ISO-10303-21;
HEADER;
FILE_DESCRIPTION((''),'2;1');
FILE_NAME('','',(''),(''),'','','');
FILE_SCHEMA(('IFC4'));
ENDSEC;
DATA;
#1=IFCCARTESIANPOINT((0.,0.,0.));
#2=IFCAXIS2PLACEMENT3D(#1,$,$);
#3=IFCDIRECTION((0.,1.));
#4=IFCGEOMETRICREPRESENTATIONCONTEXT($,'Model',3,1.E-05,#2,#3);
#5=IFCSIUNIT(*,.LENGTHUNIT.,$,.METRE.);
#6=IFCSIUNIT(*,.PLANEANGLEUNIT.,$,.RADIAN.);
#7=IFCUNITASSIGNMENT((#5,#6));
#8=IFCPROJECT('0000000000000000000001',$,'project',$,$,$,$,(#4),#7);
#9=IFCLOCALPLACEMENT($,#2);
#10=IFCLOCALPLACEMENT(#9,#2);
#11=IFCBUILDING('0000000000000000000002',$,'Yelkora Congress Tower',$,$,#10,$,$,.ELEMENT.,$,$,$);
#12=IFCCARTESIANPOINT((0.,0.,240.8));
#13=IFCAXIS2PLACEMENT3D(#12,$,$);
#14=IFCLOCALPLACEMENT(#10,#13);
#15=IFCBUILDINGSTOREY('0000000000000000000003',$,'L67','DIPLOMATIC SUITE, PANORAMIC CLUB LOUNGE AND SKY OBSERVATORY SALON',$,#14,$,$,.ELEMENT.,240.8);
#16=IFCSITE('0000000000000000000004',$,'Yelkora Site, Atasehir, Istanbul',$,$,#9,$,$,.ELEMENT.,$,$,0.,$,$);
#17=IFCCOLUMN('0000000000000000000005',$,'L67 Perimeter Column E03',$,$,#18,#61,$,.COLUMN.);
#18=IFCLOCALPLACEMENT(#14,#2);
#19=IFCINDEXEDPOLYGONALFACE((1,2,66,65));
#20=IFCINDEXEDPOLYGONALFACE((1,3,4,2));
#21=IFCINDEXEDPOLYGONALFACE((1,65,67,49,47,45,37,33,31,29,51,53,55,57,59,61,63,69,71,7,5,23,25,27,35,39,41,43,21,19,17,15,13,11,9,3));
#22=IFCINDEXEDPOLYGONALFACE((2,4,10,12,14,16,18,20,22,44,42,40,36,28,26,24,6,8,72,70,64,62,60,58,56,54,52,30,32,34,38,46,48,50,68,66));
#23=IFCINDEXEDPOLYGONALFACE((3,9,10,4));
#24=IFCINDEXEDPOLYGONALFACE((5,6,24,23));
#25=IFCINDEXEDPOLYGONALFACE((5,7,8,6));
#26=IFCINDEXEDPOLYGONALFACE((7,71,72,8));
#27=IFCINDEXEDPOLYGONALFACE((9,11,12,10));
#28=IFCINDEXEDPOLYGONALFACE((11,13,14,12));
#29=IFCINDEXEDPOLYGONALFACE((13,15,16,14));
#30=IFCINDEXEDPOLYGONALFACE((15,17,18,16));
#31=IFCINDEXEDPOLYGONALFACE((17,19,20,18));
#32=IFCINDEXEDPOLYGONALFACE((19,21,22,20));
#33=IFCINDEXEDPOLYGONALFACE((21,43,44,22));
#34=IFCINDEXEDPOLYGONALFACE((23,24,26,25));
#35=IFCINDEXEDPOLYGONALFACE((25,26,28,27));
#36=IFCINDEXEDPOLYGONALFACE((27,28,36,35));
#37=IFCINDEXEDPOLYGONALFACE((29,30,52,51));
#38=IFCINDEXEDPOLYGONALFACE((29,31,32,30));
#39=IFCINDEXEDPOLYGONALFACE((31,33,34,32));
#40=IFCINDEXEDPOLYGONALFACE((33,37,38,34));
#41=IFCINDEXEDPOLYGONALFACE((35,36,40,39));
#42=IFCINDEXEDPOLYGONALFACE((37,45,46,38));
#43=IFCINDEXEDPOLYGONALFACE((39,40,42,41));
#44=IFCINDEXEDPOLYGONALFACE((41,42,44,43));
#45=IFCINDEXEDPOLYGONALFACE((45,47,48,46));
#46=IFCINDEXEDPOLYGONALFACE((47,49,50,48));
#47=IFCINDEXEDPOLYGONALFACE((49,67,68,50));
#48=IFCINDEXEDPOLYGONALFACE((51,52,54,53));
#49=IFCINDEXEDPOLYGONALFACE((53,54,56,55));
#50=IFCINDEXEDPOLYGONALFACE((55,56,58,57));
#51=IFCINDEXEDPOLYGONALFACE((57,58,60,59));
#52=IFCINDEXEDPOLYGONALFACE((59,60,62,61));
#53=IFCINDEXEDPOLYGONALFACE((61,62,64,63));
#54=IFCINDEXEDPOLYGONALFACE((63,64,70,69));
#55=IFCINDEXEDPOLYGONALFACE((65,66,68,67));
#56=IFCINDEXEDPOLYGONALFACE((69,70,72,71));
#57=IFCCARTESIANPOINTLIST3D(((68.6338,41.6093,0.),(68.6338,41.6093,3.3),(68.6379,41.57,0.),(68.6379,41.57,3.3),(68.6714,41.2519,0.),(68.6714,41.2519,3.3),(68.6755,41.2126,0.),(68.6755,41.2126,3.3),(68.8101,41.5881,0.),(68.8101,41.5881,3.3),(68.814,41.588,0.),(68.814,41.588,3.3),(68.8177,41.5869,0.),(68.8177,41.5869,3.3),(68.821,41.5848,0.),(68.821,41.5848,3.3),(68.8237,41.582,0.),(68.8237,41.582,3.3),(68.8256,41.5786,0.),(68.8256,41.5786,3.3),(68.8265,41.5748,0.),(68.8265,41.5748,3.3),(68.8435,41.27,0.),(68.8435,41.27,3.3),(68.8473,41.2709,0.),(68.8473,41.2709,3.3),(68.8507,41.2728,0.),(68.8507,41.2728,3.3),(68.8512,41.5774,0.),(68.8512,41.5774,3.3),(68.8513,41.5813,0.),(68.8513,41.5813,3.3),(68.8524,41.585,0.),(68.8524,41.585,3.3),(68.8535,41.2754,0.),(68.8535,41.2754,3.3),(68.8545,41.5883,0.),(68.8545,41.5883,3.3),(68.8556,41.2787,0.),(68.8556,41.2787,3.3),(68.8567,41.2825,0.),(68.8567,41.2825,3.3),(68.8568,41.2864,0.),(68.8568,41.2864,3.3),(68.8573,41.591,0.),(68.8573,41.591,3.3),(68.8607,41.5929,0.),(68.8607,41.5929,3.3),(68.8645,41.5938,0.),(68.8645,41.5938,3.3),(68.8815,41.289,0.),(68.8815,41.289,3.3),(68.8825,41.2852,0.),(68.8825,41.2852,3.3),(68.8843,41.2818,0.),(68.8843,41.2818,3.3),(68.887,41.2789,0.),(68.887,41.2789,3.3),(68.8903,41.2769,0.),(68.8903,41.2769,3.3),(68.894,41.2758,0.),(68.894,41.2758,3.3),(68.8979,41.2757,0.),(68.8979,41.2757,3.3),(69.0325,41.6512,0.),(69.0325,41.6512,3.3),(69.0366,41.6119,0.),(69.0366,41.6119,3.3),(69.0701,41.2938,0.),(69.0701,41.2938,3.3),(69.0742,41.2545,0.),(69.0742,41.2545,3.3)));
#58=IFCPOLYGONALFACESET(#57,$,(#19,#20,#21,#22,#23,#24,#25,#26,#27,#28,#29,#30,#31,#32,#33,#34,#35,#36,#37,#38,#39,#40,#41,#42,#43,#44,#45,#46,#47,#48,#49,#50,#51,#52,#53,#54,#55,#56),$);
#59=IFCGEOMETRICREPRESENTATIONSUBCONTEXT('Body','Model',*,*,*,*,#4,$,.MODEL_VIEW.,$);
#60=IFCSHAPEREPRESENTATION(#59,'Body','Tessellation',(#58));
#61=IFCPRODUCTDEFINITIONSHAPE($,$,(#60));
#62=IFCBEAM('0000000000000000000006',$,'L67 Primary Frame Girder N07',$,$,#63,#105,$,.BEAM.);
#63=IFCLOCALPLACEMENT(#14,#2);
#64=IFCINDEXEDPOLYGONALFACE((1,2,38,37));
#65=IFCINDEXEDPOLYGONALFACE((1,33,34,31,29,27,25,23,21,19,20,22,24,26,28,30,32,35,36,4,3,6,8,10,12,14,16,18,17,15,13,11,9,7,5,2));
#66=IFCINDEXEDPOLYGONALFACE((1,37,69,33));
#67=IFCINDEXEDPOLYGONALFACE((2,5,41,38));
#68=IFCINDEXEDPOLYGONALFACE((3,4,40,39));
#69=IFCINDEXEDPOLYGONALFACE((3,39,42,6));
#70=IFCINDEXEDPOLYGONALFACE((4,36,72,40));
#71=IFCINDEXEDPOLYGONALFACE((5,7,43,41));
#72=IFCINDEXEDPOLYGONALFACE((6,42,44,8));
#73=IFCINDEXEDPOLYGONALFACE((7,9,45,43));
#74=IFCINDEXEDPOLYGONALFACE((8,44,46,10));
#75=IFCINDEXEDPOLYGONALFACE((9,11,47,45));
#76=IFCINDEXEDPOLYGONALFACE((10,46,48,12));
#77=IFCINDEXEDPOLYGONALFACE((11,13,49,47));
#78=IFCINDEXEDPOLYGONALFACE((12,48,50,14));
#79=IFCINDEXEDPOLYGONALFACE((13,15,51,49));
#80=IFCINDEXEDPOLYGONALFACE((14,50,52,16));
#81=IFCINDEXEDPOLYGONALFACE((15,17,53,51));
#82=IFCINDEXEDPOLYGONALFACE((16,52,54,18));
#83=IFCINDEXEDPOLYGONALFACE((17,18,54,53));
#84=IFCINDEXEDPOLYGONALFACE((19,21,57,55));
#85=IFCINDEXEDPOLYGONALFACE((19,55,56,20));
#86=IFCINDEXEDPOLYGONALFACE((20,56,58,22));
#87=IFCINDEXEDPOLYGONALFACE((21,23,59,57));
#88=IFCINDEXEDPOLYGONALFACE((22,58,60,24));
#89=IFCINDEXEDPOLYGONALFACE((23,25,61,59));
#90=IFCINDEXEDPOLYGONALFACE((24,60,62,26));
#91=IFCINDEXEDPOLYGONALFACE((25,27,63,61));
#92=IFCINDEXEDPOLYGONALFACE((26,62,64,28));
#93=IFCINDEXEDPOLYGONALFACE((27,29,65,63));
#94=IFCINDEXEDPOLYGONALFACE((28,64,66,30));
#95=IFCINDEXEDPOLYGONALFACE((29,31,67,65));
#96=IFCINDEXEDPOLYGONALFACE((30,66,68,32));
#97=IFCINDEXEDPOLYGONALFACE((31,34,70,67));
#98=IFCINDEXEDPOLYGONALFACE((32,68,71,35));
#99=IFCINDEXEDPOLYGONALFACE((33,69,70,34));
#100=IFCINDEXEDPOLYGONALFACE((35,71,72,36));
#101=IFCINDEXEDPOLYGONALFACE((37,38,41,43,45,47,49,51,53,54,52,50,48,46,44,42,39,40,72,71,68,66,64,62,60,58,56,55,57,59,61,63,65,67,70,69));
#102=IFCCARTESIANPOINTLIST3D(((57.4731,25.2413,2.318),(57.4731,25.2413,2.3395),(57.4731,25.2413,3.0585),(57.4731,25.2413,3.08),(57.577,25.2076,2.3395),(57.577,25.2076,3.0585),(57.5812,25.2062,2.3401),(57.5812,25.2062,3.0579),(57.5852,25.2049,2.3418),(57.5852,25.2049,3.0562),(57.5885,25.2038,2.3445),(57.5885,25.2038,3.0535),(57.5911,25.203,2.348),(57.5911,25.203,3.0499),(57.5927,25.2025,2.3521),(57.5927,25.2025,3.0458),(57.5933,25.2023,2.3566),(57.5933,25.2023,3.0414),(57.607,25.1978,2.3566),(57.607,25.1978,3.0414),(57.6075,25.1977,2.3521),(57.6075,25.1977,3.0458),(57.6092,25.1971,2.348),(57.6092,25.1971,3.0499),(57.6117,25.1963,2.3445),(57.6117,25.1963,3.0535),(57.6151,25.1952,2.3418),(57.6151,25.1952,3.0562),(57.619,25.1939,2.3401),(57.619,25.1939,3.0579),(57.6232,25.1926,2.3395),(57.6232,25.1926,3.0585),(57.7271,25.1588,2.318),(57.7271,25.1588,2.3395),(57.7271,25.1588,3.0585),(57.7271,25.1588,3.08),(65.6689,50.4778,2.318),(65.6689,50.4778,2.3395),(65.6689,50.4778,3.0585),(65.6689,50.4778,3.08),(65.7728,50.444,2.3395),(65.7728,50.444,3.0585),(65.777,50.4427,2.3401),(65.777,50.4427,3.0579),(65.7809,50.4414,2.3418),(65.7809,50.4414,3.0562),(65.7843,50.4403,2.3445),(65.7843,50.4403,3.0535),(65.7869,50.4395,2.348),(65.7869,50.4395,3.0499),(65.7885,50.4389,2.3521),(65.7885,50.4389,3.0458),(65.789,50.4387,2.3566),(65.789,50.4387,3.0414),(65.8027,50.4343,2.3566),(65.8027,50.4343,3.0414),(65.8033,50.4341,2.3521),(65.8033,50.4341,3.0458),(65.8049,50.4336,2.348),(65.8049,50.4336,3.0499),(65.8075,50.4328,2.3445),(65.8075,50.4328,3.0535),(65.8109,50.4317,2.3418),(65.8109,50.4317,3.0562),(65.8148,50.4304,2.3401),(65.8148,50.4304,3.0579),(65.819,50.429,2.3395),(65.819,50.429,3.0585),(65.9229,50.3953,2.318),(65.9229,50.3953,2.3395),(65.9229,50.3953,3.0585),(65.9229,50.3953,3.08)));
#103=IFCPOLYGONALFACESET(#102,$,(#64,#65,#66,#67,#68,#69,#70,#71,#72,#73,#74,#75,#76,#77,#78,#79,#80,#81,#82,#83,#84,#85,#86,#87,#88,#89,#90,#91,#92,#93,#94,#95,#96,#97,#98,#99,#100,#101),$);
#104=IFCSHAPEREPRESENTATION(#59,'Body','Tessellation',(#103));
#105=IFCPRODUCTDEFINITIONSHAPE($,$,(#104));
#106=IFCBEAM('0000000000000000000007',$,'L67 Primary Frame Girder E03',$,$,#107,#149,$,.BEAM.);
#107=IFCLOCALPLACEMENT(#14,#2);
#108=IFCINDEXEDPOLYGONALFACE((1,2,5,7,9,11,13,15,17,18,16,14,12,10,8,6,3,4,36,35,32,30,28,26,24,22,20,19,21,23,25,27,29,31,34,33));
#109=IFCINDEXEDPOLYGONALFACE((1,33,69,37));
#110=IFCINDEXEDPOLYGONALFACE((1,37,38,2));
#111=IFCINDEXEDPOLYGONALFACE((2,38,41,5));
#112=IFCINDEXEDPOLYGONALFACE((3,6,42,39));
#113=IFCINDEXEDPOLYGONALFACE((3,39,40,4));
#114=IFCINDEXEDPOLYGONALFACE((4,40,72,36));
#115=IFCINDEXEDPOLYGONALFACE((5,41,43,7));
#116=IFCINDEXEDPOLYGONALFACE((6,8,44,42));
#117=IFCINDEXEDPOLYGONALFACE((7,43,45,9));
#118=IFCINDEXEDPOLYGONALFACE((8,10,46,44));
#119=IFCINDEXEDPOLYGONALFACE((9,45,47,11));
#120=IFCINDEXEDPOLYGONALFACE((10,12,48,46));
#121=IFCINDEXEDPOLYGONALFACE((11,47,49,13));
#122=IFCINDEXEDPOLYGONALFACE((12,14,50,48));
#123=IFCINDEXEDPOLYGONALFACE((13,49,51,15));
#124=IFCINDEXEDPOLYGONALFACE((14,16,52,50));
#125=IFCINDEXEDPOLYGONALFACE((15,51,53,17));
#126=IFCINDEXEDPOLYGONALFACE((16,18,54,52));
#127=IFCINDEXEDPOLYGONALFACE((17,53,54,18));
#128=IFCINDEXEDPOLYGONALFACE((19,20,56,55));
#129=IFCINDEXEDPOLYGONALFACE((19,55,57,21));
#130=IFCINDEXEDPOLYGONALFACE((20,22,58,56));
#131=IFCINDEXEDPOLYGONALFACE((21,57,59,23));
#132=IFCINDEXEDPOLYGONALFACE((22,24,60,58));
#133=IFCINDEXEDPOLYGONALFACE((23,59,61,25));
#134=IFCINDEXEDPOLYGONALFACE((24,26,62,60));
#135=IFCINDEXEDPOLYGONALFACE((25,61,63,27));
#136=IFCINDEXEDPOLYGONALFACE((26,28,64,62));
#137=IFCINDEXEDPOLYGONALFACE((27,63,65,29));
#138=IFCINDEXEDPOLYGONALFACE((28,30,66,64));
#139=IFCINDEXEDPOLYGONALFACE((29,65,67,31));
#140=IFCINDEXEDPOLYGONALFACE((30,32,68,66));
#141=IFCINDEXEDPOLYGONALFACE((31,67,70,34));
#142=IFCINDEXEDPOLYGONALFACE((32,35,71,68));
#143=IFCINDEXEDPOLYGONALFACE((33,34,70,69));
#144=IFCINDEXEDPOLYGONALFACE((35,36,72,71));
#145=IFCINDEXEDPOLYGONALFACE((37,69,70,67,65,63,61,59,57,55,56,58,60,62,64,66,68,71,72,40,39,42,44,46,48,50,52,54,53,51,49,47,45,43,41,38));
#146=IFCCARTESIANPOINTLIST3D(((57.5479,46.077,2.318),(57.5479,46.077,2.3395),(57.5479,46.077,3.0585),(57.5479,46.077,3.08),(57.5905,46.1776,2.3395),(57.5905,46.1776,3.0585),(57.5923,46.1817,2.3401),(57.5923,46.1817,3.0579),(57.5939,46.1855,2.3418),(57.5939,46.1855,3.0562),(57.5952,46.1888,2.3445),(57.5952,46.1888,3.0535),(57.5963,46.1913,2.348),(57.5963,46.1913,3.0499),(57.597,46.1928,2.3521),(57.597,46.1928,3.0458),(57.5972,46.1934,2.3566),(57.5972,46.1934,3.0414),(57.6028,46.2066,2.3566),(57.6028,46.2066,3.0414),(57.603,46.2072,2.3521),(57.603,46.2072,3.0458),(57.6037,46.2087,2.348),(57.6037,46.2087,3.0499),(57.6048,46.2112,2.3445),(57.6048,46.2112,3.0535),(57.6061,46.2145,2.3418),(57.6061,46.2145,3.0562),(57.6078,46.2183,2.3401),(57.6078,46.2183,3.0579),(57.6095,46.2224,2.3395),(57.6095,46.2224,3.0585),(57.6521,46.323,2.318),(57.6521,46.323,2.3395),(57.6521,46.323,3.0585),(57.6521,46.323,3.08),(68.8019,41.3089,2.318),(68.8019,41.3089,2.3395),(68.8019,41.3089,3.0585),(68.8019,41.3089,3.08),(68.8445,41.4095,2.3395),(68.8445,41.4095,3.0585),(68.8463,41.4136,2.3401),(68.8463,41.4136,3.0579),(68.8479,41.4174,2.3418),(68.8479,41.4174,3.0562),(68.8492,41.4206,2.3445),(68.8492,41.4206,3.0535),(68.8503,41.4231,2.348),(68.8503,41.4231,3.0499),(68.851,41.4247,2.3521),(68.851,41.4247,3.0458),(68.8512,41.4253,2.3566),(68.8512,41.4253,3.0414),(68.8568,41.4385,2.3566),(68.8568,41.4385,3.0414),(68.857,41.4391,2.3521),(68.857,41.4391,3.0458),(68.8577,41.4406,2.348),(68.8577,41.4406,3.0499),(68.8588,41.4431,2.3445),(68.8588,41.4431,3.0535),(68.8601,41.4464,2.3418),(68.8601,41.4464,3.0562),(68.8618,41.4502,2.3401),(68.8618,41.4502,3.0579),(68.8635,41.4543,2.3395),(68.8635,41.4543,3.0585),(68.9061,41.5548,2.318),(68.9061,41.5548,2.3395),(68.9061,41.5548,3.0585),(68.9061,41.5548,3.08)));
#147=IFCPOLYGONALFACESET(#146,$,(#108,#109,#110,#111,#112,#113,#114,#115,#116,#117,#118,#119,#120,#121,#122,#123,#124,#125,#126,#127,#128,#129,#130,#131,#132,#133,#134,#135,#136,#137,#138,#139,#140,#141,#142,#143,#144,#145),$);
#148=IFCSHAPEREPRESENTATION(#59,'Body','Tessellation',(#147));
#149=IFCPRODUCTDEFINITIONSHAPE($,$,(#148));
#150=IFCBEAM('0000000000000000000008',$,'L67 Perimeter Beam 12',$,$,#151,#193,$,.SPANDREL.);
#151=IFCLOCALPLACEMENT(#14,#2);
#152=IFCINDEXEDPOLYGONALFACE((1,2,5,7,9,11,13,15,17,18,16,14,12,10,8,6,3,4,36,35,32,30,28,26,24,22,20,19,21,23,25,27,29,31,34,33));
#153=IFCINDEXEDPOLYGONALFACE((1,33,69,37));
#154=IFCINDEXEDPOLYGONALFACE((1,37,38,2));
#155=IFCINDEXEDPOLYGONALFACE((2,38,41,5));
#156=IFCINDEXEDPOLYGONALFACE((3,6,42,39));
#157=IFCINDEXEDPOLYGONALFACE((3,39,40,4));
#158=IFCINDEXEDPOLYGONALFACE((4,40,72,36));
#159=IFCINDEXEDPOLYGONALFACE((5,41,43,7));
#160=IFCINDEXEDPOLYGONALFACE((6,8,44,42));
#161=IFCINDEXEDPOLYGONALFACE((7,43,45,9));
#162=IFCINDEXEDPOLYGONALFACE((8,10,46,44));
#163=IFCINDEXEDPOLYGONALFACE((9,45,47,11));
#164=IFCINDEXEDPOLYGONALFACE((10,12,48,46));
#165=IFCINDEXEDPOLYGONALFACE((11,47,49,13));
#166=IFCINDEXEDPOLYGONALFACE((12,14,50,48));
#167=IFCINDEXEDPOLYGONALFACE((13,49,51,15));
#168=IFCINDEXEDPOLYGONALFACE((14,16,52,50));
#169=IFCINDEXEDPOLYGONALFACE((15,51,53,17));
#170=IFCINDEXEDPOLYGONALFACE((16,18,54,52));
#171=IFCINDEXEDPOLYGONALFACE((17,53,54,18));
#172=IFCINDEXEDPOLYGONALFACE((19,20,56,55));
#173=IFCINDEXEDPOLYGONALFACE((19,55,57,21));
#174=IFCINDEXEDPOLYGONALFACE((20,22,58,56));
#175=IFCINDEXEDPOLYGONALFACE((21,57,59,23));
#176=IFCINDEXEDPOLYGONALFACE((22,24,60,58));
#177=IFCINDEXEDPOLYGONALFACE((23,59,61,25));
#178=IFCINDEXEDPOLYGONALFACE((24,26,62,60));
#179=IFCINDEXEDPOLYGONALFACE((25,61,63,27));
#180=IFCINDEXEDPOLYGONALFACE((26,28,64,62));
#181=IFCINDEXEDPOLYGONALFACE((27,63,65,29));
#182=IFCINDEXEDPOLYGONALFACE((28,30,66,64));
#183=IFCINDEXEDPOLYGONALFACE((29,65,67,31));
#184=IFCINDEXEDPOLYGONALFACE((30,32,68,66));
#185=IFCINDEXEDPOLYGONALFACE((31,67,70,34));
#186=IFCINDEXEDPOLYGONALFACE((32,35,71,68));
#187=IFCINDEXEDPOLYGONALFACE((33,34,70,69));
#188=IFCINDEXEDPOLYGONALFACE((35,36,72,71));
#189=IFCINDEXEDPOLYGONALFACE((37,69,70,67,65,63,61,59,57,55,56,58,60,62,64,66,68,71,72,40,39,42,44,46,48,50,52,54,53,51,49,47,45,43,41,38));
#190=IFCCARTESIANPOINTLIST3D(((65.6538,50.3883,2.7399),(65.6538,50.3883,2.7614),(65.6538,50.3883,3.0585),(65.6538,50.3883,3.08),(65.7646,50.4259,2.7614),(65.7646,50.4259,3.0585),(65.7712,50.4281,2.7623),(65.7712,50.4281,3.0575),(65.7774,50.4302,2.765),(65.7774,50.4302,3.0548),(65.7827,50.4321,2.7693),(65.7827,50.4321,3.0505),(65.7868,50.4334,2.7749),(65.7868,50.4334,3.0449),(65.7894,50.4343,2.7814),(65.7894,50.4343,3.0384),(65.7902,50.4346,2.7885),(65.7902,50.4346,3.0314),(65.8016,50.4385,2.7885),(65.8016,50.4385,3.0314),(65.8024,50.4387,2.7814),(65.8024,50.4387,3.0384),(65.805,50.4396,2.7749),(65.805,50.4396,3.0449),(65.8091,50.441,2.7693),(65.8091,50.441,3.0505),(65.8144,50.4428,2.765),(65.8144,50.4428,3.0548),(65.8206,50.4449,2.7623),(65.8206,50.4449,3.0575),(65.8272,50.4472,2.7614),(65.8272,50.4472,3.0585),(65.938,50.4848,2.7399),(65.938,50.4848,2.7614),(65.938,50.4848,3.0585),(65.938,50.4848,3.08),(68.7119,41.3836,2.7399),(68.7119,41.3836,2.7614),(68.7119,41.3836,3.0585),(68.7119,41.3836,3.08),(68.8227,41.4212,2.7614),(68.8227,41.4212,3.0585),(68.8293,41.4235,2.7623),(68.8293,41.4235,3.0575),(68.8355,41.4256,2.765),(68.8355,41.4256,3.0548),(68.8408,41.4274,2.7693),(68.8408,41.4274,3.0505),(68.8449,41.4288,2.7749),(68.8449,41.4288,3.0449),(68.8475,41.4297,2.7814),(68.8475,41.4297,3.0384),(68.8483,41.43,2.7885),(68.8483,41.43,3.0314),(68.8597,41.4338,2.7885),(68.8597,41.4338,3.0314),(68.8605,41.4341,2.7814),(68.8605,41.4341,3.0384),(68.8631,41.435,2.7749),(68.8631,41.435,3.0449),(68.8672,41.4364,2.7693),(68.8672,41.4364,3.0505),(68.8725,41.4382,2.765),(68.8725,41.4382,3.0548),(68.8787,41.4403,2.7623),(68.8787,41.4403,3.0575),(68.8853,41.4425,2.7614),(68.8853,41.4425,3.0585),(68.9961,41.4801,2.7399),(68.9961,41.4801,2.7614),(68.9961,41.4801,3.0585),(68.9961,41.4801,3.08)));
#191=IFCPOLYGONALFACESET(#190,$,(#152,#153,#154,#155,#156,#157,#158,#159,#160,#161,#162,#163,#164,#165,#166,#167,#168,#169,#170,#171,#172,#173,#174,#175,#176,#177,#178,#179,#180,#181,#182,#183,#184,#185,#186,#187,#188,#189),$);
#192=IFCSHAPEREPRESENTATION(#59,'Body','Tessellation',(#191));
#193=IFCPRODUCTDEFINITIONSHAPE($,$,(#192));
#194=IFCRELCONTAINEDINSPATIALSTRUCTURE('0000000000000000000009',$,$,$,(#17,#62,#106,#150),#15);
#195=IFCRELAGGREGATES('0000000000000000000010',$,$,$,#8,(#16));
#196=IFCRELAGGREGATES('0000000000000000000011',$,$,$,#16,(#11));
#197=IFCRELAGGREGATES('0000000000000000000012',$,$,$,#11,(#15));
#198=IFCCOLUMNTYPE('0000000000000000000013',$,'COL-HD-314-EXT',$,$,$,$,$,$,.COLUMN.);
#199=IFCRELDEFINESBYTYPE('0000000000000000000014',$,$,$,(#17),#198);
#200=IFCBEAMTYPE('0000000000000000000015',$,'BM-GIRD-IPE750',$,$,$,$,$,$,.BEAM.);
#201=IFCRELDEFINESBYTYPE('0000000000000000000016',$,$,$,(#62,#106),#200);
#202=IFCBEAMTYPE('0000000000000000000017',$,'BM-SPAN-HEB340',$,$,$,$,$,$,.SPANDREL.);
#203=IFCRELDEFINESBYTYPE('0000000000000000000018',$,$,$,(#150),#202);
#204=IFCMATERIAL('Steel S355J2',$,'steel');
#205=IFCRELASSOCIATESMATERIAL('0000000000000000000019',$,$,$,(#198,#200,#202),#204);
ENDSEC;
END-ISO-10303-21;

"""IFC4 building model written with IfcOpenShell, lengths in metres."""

from ifc_helpers import new_model, si_unit, direction, frame, origin, origin_2d, place, context, subcontext, project, spatial, i_section, extrude, material, material_profile, profile_set, type_object, element, save


model = new_model("IFC4")

# Units and contexts
model_context = context("Model", 3, precision=1e-05, world=origin(), true_north=direction((0.0, 1.0)))
body_context = subcontext(model_context, "Body", "Model", "MODEL_VIEW")
ifc_project = project(units=[si_unit("LENGTHUNIT", "METRE"), si_unit("PLANEANGLEUNIT", "RADIAN")], contexts=[model_context])

# Site, building, storey
site_placement = place(None, origin())
site = spatial("IfcSite", under=ifc_project, at=site_placement, Name="Yelkora Site, Atasehir, Istanbul", CompositionType="ELEMENT", RefElevation=0.0)
building_placement = place(site_placement, origin())
building = spatial("IfcBuilding", under=site, at=building_placement, Name="Yelkora Congress Tower", CompositionType="ELEMENT")
storey_placement = place(building_placement, frame((0.0, 0.0, 240.8)))
storey = spatial("IfcBuildingStorey", under=building, at=storey_placement, Name="L67", Description="DIPLOMATIC SUITE, PANORAMIC CLUB LOUNGE AND SKY OBSERVATORY SALON", CompositionType="ELEMENT", Elevation=240.8)

# Column
ifc_material_1 = material(Name="Steel S355J2", Category="steel")
ifc_material_profile_1 = material_profile(ifc_material_1, i_section(OverallWidth=0.4009, OverallDepth=0.3989, WebThickness=0.0249, FlangeThickness=0.0396, FilletRadius=0.0149, at=origin_2d()), Name="HD 400x314")
ifc_profile_set_1 = profile_set([ifc_material_profile_1], Name="Steel S355J2")
column_type = type_object("IfcColumnType", Name="COL-HD-314-EXT", PredefinedType="COLUMN", material=ifc_profile_set_1)
column_placement = place(storey_placement, frame((68.854, 41.4319, 0.0), z_axis=(0.0, 0.0, 1.0), x_axis=(0.994522, 0.104528, 0.0)))
element("IfcColumn", 1, at=column_placement, inside=storey, type_object=column_type, Name="L67 Perimeter Column E03", PredefinedType="COLUMN", context=body_context, shape_type="SweptSolid", body=[
    extrude(i_section(OverallWidth=0.4009, OverallDepth=0.3989, WebThickness=0.0249, FlangeThickness=0.0396, FilletRadius=0.0149, at=origin_2d()), origin(), (0.0, 0.0, 1.0), 3.3),
])

# Beams
ifc_material_profile_2 = material_profile(ifc_material_1, i_section(OverallWidth=0.2671, OverallDepth=0.762, WebThickness=0.0144, FlangeThickness=0.0215, FilletRadius=0.0171, at=origin_2d()), Name="IPE 750x173")
ifc_profile_set_2 = profile_set([ifc_material_profile_2], Name="Steel S355J2")
beam_type_1 = type_object("IfcBeamType", Name="BM-GIRD-IPE750", PredefinedType="BEAM", material=ifc_profile_set_2)
beam_1_placement = place(storey_placement, frame((65.7959, 50.4365, 2.699), z_axis=(-0.308879, -0.951101, 0.0), x_axis=(0.951101, -0.308879, 0.0)))
element("IfcBeam", 2, at=beam_1_placement, inside=storey, type_object=beam_type_1, Name="L67 Primary Frame Girder N07", PredefinedType="BEAM", context=body_context, shape_type="SweptSolid", body=[
    extrude(i_section(OverallWidth=0.2671, OverallDepth=0.762, WebThickness=0.0144, FlangeThickness=0.0215, FilletRadius=0.0171, at=origin_2d()), origin(), (0.0, 0.0, 1.0), 26.5339),
])
beam_2_placement = place(storey_placement, frame((68.854, 41.4319, 2.699), z_axis=(-0.920768, 0.390112, 0.0), x_axis=(-0.390112, -0.920768, 0.0)))
element("IfcBeam", 3, at=beam_2_placement, inside=storey, type_object=beam_type_1, Name="L67 Primary Frame Girder E03", PredefinedType="BEAM", context=body_context, shape_type="SweptSolid", body=[
    extrude(i_section(OverallWidth=0.2671, OverallDepth=0.762, WebThickness=0.0144, FlangeThickness=0.0215, FilletRadius=0.0171, at=origin_2d()), origin(), (0.0, 0.0, 1.0), 12.2224),
])
ifc_material_profile_3 = material_profile(ifc_material_1, i_section(OverallWidth=0.3, OverallDepth=0.3401, WebThickness=0.012, FlangeThickness=0.0215, FilletRadius=0.0271, at=origin_2d()), Name="HEB 340")
ifc_profile_set_3 = profile_set([ifc_material_profile_3], Name="Steel S355J2")
beam_type_2 = type_object("IfcBeamType", Name="BM-SPAN-HEB340", PredefinedType="SPANDREL", material=ifc_profile_set_3)
beam_3_placement = place(storey_placement, frame((68.854, 41.4319, 2.9099), z_axis=(-0.321575, 0.946884, 0.0), x_axis=(-0.946884, -0.321575, 0.0)))
element("IfcBeam", 4, at=beam_3_placement, inside=storey, type_object=beam_type_2, Name="L67 Perimeter Beam 12", PredefinedType="SPANDREL", context=body_context, shape_type="SweptSolid", body=[
    extrude(i_section(OverallWidth=0.3, OverallDepth=0.3401, WebThickness=0.012, FlangeThickness=0.0215, FilletRadius=0.0271, at=origin_2d()), origin(), (0.0, 0.0, 1.0), 9.5098),
])

save(model, "model.ifc")
